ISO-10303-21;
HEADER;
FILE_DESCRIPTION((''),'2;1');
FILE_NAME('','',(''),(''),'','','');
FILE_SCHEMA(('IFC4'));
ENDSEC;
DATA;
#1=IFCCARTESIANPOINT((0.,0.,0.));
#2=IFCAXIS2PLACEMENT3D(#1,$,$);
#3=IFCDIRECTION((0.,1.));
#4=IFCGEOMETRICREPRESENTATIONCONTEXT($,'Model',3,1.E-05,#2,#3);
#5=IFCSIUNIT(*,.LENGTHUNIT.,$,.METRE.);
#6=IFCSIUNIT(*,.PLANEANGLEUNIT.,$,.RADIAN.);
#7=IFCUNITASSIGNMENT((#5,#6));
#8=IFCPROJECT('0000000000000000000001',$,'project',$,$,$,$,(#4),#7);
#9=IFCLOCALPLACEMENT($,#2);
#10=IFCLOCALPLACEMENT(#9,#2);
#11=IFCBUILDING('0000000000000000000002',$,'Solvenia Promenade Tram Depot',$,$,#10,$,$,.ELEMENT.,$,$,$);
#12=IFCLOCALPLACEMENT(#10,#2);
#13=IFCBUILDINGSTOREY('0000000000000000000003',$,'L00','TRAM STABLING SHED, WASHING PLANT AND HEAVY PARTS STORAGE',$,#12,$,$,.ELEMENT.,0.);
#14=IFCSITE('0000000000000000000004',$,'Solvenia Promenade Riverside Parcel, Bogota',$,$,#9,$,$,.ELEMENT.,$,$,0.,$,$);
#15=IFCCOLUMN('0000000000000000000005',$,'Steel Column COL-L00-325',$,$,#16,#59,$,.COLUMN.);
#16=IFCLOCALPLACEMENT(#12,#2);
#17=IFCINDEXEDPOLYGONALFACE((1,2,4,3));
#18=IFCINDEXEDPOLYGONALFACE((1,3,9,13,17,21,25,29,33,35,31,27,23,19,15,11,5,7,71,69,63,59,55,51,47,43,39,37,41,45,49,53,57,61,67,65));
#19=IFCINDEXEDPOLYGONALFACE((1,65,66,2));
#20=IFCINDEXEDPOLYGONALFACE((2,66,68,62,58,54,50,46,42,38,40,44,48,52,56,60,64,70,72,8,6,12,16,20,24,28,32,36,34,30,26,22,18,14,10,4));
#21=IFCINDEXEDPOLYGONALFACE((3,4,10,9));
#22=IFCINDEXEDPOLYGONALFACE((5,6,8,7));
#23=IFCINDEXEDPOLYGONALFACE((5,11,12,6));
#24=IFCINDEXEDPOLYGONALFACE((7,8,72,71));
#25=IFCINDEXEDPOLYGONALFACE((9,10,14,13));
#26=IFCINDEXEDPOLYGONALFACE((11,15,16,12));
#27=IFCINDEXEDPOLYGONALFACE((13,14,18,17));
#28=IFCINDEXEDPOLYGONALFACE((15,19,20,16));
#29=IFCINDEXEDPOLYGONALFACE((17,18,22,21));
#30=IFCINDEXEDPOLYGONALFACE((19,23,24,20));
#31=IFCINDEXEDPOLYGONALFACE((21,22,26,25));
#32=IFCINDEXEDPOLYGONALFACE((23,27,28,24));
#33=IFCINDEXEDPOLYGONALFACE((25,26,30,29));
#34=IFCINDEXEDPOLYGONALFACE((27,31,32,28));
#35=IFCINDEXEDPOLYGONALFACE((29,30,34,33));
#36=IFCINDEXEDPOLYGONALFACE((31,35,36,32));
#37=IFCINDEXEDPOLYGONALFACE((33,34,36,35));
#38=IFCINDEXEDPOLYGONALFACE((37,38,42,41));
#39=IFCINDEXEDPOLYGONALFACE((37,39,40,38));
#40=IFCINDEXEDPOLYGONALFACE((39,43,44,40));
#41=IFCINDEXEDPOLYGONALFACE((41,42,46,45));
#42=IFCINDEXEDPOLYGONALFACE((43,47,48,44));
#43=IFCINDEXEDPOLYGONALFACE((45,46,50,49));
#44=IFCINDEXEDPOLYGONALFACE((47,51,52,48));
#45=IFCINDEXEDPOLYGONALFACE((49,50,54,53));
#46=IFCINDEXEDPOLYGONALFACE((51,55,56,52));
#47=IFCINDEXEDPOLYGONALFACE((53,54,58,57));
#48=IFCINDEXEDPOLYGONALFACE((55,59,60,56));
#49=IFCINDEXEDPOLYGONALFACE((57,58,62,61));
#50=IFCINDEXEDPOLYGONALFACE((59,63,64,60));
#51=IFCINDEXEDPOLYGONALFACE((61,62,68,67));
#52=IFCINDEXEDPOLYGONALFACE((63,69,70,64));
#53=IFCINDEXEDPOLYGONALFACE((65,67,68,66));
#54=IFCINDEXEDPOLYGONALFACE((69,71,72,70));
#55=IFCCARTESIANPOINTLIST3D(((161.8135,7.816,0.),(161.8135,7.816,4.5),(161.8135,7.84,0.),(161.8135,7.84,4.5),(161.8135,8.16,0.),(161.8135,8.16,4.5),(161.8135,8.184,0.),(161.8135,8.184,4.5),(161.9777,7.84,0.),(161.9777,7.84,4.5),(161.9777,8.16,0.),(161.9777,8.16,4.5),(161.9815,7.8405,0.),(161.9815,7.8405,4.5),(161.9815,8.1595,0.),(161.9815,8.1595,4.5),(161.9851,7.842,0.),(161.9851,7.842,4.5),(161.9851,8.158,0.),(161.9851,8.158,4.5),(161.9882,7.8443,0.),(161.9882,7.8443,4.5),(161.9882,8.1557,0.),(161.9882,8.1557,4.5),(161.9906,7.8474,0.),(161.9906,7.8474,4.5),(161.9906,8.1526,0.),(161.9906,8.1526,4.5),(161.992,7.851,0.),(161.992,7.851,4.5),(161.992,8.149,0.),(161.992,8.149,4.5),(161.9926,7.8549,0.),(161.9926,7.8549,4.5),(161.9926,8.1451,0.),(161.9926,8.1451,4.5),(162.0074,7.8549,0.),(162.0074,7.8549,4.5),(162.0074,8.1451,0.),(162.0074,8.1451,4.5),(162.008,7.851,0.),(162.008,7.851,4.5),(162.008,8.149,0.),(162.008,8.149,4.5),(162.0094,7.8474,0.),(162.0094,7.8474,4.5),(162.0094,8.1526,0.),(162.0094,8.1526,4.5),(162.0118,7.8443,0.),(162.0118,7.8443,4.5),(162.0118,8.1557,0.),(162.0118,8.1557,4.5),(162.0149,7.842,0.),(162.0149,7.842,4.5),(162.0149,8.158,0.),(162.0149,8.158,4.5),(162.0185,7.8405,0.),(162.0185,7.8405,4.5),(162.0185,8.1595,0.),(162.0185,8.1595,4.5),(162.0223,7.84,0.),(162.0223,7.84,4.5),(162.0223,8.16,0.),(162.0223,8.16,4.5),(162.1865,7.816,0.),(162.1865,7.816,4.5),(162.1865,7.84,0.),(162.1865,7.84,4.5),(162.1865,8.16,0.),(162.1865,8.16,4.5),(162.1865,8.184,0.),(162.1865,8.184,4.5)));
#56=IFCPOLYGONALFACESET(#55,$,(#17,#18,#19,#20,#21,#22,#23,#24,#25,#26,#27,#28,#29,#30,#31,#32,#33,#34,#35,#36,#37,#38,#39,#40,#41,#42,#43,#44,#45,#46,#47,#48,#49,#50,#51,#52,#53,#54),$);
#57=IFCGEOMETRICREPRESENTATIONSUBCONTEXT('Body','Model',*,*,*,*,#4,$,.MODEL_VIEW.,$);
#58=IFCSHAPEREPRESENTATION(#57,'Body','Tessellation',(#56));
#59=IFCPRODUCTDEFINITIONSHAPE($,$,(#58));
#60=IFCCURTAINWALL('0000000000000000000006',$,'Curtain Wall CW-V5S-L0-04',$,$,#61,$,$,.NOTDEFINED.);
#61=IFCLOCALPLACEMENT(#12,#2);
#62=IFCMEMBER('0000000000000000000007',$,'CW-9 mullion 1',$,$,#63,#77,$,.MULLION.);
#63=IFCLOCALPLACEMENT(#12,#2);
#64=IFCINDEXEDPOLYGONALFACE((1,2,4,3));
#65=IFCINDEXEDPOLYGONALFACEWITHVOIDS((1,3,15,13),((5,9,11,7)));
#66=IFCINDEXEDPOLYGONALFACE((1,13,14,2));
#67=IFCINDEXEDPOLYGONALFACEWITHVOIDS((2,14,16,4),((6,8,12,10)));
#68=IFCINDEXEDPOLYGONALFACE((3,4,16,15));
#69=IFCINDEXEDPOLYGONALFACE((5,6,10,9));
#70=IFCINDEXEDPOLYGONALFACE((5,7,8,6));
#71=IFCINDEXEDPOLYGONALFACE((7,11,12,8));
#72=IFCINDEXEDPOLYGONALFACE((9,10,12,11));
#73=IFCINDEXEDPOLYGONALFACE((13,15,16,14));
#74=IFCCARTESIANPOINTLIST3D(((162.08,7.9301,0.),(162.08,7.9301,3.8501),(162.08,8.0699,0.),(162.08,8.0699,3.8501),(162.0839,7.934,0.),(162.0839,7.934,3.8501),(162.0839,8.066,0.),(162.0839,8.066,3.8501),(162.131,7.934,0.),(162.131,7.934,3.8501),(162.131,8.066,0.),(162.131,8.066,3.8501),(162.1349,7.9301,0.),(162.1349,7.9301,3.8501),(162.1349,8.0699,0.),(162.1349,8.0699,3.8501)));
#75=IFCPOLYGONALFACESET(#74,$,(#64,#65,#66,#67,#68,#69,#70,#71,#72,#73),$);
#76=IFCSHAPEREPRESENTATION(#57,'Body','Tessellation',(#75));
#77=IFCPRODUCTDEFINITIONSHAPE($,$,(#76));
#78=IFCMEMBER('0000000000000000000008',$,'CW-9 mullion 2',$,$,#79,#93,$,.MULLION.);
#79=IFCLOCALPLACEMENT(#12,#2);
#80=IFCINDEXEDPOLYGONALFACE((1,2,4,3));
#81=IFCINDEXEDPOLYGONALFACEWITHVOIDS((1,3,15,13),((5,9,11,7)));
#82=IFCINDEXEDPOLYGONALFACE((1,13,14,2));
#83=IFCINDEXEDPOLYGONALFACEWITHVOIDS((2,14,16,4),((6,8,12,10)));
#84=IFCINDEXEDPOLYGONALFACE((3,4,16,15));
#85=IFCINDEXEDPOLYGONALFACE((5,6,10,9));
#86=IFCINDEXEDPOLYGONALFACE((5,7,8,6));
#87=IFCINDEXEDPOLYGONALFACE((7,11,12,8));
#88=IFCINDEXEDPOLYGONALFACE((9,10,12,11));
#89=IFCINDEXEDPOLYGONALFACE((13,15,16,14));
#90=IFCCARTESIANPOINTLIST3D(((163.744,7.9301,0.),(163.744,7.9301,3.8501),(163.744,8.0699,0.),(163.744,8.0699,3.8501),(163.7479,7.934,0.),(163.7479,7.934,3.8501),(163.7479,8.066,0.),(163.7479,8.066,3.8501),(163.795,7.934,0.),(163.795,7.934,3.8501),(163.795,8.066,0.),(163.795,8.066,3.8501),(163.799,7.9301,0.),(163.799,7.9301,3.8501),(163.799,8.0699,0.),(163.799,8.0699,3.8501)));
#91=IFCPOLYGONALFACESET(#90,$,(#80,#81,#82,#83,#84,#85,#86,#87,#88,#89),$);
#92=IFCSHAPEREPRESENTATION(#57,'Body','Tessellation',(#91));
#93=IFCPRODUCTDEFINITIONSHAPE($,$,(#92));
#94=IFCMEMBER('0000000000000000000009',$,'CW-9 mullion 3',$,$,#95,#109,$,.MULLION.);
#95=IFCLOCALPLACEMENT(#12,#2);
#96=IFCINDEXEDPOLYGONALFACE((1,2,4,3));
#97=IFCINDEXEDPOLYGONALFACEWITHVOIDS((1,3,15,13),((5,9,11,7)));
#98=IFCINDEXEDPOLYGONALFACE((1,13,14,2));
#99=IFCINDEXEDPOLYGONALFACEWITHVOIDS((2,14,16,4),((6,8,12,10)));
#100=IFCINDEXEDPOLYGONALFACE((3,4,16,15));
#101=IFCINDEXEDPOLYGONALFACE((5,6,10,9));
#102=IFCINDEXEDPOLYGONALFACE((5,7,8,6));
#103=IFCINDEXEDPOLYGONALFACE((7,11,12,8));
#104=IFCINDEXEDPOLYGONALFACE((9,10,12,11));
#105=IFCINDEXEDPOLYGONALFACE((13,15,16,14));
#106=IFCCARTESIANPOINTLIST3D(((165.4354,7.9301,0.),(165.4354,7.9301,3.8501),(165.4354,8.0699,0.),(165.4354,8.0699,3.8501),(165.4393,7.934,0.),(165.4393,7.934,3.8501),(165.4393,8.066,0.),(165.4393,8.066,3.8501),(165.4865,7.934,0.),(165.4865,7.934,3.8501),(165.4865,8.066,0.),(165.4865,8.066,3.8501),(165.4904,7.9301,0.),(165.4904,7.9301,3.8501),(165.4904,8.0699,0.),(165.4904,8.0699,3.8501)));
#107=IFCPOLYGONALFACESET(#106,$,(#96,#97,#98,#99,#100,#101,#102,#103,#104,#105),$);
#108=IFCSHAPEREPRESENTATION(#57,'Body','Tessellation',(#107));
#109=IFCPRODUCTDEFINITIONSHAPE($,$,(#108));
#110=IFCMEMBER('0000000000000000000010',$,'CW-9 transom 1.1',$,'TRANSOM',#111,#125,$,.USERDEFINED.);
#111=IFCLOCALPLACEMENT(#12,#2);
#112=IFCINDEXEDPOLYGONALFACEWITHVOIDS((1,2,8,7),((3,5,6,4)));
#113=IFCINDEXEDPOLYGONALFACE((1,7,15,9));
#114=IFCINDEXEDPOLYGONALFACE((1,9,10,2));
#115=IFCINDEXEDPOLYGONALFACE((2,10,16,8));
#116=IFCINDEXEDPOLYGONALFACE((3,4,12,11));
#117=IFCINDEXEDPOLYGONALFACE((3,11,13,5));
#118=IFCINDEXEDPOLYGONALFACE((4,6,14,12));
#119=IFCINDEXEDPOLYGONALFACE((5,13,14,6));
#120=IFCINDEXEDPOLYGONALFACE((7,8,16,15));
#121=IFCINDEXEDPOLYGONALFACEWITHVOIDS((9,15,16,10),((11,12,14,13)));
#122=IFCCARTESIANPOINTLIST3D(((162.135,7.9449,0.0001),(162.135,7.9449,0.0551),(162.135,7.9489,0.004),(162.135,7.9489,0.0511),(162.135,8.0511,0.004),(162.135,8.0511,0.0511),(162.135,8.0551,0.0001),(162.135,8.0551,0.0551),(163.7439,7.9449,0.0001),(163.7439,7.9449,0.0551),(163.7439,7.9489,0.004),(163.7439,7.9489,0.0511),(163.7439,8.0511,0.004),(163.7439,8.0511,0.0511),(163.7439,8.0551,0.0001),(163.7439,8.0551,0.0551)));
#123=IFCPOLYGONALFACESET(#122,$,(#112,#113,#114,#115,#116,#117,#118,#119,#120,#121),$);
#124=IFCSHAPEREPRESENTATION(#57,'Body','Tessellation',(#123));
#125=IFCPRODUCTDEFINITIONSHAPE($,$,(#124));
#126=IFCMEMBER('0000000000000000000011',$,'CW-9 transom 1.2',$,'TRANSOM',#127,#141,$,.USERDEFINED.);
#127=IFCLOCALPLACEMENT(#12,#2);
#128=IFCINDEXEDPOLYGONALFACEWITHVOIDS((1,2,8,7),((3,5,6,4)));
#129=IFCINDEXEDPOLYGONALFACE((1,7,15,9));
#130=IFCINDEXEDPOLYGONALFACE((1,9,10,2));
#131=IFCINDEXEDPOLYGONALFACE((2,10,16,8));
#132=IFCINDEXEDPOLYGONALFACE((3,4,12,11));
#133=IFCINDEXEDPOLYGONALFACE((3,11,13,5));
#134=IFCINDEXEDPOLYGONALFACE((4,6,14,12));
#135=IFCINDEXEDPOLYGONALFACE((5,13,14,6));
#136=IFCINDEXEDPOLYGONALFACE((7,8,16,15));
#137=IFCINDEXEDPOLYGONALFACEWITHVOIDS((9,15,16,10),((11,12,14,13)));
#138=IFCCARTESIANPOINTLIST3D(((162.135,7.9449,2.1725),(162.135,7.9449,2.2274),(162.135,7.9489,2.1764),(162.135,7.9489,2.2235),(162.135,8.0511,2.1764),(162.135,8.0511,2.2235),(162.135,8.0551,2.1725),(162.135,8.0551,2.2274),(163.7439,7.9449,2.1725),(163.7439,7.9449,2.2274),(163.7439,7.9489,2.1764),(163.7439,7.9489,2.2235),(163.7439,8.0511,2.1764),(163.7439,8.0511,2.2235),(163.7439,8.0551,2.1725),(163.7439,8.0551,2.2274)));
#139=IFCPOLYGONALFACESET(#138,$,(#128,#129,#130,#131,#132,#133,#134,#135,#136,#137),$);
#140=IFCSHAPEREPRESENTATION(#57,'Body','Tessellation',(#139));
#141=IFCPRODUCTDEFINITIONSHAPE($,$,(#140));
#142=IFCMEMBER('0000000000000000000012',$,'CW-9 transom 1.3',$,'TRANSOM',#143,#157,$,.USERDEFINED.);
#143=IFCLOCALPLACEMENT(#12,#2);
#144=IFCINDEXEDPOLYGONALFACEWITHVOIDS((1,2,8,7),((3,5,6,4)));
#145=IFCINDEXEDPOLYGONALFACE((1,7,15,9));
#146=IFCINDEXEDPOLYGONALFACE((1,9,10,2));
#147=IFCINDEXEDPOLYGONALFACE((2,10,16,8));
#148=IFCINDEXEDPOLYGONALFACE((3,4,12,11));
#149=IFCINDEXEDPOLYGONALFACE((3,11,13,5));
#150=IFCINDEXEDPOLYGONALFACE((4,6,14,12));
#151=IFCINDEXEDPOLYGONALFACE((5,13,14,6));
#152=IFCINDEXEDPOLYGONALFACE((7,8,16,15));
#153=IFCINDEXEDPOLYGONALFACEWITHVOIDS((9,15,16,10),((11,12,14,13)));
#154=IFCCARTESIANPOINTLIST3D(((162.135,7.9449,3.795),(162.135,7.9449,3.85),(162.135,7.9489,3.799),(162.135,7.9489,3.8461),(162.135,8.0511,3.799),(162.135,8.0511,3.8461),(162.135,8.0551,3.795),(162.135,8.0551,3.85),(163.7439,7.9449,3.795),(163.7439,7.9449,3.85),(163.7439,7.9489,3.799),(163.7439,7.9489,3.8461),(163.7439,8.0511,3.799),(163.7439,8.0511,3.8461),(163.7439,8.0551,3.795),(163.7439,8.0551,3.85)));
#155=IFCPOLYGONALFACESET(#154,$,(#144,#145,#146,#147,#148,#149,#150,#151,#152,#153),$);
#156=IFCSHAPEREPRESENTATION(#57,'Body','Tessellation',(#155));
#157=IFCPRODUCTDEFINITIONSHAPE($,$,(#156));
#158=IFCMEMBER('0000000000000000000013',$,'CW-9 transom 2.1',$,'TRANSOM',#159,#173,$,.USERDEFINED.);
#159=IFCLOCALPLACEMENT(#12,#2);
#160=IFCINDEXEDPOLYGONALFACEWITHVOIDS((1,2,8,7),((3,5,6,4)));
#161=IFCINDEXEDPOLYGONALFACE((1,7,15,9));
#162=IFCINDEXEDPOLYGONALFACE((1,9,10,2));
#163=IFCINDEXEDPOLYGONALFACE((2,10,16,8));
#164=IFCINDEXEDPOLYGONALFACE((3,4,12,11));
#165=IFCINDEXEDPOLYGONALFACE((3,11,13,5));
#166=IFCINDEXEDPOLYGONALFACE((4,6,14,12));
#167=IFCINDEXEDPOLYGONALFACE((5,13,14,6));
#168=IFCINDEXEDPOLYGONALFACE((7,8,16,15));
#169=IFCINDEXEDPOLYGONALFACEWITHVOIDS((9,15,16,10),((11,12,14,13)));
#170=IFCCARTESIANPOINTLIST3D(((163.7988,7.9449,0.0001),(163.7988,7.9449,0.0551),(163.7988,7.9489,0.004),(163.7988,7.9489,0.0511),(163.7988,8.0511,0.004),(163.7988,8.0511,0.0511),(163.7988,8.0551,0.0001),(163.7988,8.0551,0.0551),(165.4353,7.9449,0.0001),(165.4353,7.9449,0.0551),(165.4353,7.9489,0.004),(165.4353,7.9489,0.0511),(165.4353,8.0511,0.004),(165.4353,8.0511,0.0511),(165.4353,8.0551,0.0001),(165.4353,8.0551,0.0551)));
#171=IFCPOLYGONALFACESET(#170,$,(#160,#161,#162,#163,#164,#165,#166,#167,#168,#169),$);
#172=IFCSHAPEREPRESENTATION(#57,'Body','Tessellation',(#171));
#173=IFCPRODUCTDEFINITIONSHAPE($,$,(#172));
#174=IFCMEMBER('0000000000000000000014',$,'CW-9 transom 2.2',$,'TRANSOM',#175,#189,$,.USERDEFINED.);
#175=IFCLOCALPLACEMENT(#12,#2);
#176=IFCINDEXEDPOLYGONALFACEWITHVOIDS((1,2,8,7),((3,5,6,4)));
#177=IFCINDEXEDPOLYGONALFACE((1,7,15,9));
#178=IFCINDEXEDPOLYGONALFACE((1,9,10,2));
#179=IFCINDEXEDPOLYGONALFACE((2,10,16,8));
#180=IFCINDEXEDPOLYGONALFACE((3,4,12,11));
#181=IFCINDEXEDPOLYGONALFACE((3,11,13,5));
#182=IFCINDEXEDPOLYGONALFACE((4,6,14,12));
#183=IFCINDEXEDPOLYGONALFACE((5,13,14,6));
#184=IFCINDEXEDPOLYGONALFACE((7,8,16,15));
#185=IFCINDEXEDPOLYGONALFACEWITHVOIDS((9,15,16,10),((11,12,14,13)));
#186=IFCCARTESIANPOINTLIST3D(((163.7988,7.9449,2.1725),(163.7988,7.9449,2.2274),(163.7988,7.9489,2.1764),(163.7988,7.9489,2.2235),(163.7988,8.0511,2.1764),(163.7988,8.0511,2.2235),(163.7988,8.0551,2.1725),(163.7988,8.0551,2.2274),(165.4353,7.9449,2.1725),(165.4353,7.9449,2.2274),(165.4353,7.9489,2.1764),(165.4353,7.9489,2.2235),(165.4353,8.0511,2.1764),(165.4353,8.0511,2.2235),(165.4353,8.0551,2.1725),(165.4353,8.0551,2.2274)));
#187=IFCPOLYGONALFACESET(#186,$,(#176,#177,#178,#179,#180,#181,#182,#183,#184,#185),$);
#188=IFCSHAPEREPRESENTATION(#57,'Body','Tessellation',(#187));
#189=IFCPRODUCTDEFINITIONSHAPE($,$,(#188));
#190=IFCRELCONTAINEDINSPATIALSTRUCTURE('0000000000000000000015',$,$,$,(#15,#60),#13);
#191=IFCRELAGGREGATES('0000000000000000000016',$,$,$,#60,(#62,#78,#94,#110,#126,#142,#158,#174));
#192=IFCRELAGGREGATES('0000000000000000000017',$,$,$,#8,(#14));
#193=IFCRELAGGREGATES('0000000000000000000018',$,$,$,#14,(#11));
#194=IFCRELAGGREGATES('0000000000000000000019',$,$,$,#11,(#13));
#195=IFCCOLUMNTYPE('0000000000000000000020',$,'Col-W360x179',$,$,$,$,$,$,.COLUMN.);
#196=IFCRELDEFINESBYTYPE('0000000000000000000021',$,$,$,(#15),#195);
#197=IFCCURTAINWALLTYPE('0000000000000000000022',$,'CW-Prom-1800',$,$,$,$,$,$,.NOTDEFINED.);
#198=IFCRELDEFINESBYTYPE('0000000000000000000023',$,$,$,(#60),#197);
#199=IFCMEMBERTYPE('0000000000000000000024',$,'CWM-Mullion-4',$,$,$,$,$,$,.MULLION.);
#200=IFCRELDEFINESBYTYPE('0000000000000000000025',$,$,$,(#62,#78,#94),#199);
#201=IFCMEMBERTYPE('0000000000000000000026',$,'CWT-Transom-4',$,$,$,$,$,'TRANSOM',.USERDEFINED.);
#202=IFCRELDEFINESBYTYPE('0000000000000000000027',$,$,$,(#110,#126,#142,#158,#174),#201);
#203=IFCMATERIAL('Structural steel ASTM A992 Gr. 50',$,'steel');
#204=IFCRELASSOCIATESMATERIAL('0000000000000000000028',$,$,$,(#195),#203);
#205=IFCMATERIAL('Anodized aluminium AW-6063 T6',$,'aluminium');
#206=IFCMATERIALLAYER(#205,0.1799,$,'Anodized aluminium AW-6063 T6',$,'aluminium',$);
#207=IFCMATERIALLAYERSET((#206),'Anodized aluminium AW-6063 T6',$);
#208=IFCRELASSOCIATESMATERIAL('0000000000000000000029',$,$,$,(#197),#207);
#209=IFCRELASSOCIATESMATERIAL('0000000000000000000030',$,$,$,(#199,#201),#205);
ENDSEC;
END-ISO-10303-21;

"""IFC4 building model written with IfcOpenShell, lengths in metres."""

from ifc_helpers import new_model, si_unit, direction, frame, origin, origin_2d, place, context, subcontext, project, spatial, hollow_rectangle, i_section, extrude, material, layer, layer_set, material_profile, profile_set, type_object, element, aggregate, save


model = new_model("IFC4")

# Units and contexts
model_context = context("Model", 3, precision=1e-05, world=origin(), true_north=direction((0.0, 1.0)))
body_context = subcontext(model_context, "Body", "Model", "MODEL_VIEW")
ifc_project = project(units=[si_unit("LENGTHUNIT", "METRE"), si_unit("PLANEANGLEUNIT", "RADIAN")], contexts=[model_context])

# Site, building, storey
site_placement = place(None, origin())
site = spatial("IfcSite", under=ifc_project, at=site_placement, Name="Solvenia Promenade Riverside Parcel, Bogota", CompositionType="ELEMENT", RefElevation=0.0)
building_placement = place(site_placement, origin())
building = spatial("IfcBuilding", under=site, at=building_placement, Name="Solvenia Promenade Tram Depot", CompositionType="ELEMENT")
storey_placement = place(building_placement, origin())
storey = spatial("IfcBuildingStorey", under=building, at=storey_placement, Name="L00", Description="TRAM STABLING SHED, WASHING PLANT AND HEAVY PARTS STORAGE", CompositionType="ELEMENT", Elevation=0.0)

# Column
ifc_material_1 = material(Name="Structural steel ASTM A992 Gr. 50", Category="steel")
ifc_material_profile_1 = material_profile(ifc_material_1, i_section(OverallWidth=0.373, OverallDepth=0.3679, WebThickness=0.0149, FlangeThickness=0.0239, FilletRadius=0.0149, at=origin_2d()), Name="W360x179", Category="steel")
ifc_profile_set_1 = profile_set([ifc_material_profile_1], Name="Structural steel ASTM A992 Gr. 50")
column_type = type_object("IfcColumnType", Name="Col-W360x179", PredefinedType="COLUMN", material=ifc_profile_set_1)
for number, where, z_axis, x_axis, name in (
    (1, (162.0, 8.0, 0.0), (0.0, 0.0, 1.0), (1.0, 0.0, 0.0), "Steel Column COL-L00-325"),
):
    element("IfcColumn", number, at=place(storey_placement, frame(where, z_axis=z_axis, x_axis=x_axis)), inside=storey, type_object=column_type, Name=name, PredefinedType="COLUMN", context=body_context, shape_type="SweptSolid", body=[
        extrude(i_section(OverallWidth=0.373, OverallDepth=0.3679, WebThickness=0.0149, FlangeThickness=0.0239, FilletRadius=0.0149, at=origin_2d()), origin(), (0.0, 0.0, 1.0), 4.5),
    ])

# Curtain wall, members
ifc_material_2 = material(Name="Anodized aluminium AW-6063 T6", Category="aluminium")
ifc_layer_1 = layer(ifc_material_2, 0.1799, Name="Anodized aluminium AW-6063 T6", Category="aluminium")
ifc_layer_set_1 = layer_set([ifc_layer_1], Name="Anodized aluminium AW-6063 T6")
curtain_wall_type = type_object("IfcCurtainWallType", Name="CW-Prom-1800", PredefinedType="NOTDEFINED", material=ifc_layer_set_1)
curtain_wall_placement = place(storey_placement, origin())
curtain_wall = element("IfcCurtainWall", 2, at=curtain_wall_placement, inside=storey, type_object=curtain_wall_type, Name="Curtain Wall CW-V5S-L0-04", PredefinedType="NOTDEFINED")
ifc_material_profile_2 = material_profile(ifc_material_2, hollow_rectangle(XDim=0.1399, YDim=0.0549, WallThickness=0.0039, at=origin_2d()), Name="ALU-M4", Category="aluminium")
ifc_profile_set_2 = profile_set([ifc_material_profile_2], Name="Anodized aluminium AW-6063 T6")
member_type_1 = type_object("IfcMemberType", Name="CWM-Mullion-4", PredefinedType="MULLION", material=ifc_profile_set_2)
member_1_placement = place(storey_placement, frame((162.1074, 8.0, 0.0), z_axis=(0.0, 0.0, 1.0), x_axis=(0.0, 1.0, 0.0)))
member_1 = element("IfcMember", 3, at=member_1_placement, type_object=member_type_1, Name="CW-9 mullion 1", PredefinedType="MULLION", context=body_context, shape_type="SweptSolid", body=[
    extrude(hollow_rectangle(XDim=0.1399, YDim=0.0549, WallThickness=0.0039, at=origin_2d()), origin(), (0.0, 0.0, 1.0), 3.8501),
])
member_2_placement = place(storey_placement, frame((163.7715, 8.0, 0.0), z_axis=(0.0, 0.0, 1.0), x_axis=(0.0, 1.0, 0.0)))
member_2 = element("IfcMember", 4, at=member_2_placement, type_object=member_type_1, Name="CW-9 mullion 2", PredefinedType="MULLION", context=body_context, shape_type="SweptSolid", body=[
    extrude(hollow_rectangle(XDim=0.1399, YDim=0.0549, WallThickness=0.0039, at=origin_2d()), origin(), (0.0, 0.0, 1.0), 3.8501),
])
member_3_placement = place(storey_placement, frame((165.4629, 8.0, 0.0), z_axis=(0.0, 0.0, 1.0), x_axis=(0.0, 1.0, 0.0)))
member_3 = element("IfcMember", 5, at=member_3_placement, type_object=member_type_1, Name="CW-9 mullion 3", PredefinedType="MULLION", context=body_context, shape_type="SweptSolid", body=[
    extrude(hollow_rectangle(XDim=0.1399, YDim=0.0549, WallThickness=0.0039, at=origin_2d()), origin(), (0.0, 0.0, 1.0), 3.8501),
])
ifc_material_profile_3 = material_profile(ifc_material_2, hollow_rectangle(XDim=0.1101, YDim=0.0549, WallThickness=0.0039, at=origin_2d()), Name="ALU-T4", Category="aluminium")
ifc_profile_set_3 = profile_set([ifc_material_profile_3], Name="Anodized aluminium AW-6063 T6")
member_type_2 = type_object("IfcMemberType", Name="CWT-Transom-4", ElementType="TRANSOM", PredefinedType="USERDEFINED", material=ifc_profile_set_3)
member_4_placement = place(storey_placement, frame((162.135, 8.0, 0.0276), z_axis=(1.0, 0.0, 0.0), x_axis=(0.0, 1.0, 0.0)))
member_4 = element("IfcMember", 6, at=member_4_placement, type_object=member_type_2, Name="CW-9 transom 1.1", ObjectType="TRANSOM", PredefinedType="USERDEFINED", context=body_context, shape_type="SweptSolid", body=[
    extrude(hollow_rectangle(XDim=0.1101, YDim=0.0549, WallThickness=0.0039, at=origin_2d()), origin(), (0.0, 0.0, 1.0), 1.6089),
])
member_5_placement = place(storey_placement, frame((162.135, 8.0, 2.2), z_axis=(1.0, 0.0, 0.0), x_axis=(0.0, 1.0, 0.0)))
member_5 = element("IfcMember", 7, at=member_5_placement, type_object=member_type_2, Name="CW-9 transom 1.2", ObjectType="TRANSOM", PredefinedType="USERDEFINED", context=body_context, shape_type="SweptSolid", body=[
    extrude(hollow_rectangle(XDim=0.1101, YDim=0.0549, WallThickness=0.0039, at=origin_2d()), origin(), (0.0, 0.0, 1.0), 1.6089),
])
member_6_placement = place(storey_placement, frame((162.135, 8.0, 3.8225), z_axis=(1.0, 0.0, 0.0), x_axis=(0.0, 1.0, 0.0)))
member_6 = element("IfcMember", 8, at=member_6_placement, type_object=member_type_2, Name="CW-9 transom 1.3", ObjectType="TRANSOM", PredefinedType="USERDEFINED", context=body_context, shape_type="SweptSolid", body=[
    extrude(hollow_rectangle(XDim=0.1101, YDim=0.0549, WallThickness=0.0039, at=origin_2d()), origin(), (0.0, 0.0, 1.0), 1.6089),
])
member_7_placement = place(storey_placement, frame((163.7988, 8.0, 0.0276), z_axis=(1.0, 0.0, 0.0), x_axis=(0.0, 1.0, 0.0)))
member_7 = element("IfcMember", 9, at=member_7_placement, type_object=member_type_2, Name="CW-9 transom 2.1", ObjectType="TRANSOM", PredefinedType="USERDEFINED", context=body_context, shape_type="SweptSolid", body=[
    extrude(hollow_rectangle(XDim=0.1101, YDim=0.0549, WallThickness=0.0039, at=origin_2d()), origin(), (0.0, 0.0, 1.0), 1.6365),
])
member_8_placement = place(storey_placement, frame((163.7988, 8.0, 2.2), z_axis=(1.0, 0.0, 0.0), x_axis=(0.0, 1.0, 0.0)))
member_8 = element("IfcMember", 10, at=member_8_placement, type_object=member_type_2, Name="CW-9 transom 2.2", ObjectType="TRANSOM", PredefinedType="USERDEFINED", context=body_context, shape_type="SweptSolid", body=[
    extrude(hollow_rectangle(XDim=0.1101, YDim=0.0549, WallThickness=0.0039, at=origin_2d()), origin(), (0.0, 0.0, 1.0), 1.6365),
])
aggregate(curtain_wall, [member_1, member_2, member_3, member_4, member_5, member_6, member_7, member_8])

save(model, "model.ifc")
